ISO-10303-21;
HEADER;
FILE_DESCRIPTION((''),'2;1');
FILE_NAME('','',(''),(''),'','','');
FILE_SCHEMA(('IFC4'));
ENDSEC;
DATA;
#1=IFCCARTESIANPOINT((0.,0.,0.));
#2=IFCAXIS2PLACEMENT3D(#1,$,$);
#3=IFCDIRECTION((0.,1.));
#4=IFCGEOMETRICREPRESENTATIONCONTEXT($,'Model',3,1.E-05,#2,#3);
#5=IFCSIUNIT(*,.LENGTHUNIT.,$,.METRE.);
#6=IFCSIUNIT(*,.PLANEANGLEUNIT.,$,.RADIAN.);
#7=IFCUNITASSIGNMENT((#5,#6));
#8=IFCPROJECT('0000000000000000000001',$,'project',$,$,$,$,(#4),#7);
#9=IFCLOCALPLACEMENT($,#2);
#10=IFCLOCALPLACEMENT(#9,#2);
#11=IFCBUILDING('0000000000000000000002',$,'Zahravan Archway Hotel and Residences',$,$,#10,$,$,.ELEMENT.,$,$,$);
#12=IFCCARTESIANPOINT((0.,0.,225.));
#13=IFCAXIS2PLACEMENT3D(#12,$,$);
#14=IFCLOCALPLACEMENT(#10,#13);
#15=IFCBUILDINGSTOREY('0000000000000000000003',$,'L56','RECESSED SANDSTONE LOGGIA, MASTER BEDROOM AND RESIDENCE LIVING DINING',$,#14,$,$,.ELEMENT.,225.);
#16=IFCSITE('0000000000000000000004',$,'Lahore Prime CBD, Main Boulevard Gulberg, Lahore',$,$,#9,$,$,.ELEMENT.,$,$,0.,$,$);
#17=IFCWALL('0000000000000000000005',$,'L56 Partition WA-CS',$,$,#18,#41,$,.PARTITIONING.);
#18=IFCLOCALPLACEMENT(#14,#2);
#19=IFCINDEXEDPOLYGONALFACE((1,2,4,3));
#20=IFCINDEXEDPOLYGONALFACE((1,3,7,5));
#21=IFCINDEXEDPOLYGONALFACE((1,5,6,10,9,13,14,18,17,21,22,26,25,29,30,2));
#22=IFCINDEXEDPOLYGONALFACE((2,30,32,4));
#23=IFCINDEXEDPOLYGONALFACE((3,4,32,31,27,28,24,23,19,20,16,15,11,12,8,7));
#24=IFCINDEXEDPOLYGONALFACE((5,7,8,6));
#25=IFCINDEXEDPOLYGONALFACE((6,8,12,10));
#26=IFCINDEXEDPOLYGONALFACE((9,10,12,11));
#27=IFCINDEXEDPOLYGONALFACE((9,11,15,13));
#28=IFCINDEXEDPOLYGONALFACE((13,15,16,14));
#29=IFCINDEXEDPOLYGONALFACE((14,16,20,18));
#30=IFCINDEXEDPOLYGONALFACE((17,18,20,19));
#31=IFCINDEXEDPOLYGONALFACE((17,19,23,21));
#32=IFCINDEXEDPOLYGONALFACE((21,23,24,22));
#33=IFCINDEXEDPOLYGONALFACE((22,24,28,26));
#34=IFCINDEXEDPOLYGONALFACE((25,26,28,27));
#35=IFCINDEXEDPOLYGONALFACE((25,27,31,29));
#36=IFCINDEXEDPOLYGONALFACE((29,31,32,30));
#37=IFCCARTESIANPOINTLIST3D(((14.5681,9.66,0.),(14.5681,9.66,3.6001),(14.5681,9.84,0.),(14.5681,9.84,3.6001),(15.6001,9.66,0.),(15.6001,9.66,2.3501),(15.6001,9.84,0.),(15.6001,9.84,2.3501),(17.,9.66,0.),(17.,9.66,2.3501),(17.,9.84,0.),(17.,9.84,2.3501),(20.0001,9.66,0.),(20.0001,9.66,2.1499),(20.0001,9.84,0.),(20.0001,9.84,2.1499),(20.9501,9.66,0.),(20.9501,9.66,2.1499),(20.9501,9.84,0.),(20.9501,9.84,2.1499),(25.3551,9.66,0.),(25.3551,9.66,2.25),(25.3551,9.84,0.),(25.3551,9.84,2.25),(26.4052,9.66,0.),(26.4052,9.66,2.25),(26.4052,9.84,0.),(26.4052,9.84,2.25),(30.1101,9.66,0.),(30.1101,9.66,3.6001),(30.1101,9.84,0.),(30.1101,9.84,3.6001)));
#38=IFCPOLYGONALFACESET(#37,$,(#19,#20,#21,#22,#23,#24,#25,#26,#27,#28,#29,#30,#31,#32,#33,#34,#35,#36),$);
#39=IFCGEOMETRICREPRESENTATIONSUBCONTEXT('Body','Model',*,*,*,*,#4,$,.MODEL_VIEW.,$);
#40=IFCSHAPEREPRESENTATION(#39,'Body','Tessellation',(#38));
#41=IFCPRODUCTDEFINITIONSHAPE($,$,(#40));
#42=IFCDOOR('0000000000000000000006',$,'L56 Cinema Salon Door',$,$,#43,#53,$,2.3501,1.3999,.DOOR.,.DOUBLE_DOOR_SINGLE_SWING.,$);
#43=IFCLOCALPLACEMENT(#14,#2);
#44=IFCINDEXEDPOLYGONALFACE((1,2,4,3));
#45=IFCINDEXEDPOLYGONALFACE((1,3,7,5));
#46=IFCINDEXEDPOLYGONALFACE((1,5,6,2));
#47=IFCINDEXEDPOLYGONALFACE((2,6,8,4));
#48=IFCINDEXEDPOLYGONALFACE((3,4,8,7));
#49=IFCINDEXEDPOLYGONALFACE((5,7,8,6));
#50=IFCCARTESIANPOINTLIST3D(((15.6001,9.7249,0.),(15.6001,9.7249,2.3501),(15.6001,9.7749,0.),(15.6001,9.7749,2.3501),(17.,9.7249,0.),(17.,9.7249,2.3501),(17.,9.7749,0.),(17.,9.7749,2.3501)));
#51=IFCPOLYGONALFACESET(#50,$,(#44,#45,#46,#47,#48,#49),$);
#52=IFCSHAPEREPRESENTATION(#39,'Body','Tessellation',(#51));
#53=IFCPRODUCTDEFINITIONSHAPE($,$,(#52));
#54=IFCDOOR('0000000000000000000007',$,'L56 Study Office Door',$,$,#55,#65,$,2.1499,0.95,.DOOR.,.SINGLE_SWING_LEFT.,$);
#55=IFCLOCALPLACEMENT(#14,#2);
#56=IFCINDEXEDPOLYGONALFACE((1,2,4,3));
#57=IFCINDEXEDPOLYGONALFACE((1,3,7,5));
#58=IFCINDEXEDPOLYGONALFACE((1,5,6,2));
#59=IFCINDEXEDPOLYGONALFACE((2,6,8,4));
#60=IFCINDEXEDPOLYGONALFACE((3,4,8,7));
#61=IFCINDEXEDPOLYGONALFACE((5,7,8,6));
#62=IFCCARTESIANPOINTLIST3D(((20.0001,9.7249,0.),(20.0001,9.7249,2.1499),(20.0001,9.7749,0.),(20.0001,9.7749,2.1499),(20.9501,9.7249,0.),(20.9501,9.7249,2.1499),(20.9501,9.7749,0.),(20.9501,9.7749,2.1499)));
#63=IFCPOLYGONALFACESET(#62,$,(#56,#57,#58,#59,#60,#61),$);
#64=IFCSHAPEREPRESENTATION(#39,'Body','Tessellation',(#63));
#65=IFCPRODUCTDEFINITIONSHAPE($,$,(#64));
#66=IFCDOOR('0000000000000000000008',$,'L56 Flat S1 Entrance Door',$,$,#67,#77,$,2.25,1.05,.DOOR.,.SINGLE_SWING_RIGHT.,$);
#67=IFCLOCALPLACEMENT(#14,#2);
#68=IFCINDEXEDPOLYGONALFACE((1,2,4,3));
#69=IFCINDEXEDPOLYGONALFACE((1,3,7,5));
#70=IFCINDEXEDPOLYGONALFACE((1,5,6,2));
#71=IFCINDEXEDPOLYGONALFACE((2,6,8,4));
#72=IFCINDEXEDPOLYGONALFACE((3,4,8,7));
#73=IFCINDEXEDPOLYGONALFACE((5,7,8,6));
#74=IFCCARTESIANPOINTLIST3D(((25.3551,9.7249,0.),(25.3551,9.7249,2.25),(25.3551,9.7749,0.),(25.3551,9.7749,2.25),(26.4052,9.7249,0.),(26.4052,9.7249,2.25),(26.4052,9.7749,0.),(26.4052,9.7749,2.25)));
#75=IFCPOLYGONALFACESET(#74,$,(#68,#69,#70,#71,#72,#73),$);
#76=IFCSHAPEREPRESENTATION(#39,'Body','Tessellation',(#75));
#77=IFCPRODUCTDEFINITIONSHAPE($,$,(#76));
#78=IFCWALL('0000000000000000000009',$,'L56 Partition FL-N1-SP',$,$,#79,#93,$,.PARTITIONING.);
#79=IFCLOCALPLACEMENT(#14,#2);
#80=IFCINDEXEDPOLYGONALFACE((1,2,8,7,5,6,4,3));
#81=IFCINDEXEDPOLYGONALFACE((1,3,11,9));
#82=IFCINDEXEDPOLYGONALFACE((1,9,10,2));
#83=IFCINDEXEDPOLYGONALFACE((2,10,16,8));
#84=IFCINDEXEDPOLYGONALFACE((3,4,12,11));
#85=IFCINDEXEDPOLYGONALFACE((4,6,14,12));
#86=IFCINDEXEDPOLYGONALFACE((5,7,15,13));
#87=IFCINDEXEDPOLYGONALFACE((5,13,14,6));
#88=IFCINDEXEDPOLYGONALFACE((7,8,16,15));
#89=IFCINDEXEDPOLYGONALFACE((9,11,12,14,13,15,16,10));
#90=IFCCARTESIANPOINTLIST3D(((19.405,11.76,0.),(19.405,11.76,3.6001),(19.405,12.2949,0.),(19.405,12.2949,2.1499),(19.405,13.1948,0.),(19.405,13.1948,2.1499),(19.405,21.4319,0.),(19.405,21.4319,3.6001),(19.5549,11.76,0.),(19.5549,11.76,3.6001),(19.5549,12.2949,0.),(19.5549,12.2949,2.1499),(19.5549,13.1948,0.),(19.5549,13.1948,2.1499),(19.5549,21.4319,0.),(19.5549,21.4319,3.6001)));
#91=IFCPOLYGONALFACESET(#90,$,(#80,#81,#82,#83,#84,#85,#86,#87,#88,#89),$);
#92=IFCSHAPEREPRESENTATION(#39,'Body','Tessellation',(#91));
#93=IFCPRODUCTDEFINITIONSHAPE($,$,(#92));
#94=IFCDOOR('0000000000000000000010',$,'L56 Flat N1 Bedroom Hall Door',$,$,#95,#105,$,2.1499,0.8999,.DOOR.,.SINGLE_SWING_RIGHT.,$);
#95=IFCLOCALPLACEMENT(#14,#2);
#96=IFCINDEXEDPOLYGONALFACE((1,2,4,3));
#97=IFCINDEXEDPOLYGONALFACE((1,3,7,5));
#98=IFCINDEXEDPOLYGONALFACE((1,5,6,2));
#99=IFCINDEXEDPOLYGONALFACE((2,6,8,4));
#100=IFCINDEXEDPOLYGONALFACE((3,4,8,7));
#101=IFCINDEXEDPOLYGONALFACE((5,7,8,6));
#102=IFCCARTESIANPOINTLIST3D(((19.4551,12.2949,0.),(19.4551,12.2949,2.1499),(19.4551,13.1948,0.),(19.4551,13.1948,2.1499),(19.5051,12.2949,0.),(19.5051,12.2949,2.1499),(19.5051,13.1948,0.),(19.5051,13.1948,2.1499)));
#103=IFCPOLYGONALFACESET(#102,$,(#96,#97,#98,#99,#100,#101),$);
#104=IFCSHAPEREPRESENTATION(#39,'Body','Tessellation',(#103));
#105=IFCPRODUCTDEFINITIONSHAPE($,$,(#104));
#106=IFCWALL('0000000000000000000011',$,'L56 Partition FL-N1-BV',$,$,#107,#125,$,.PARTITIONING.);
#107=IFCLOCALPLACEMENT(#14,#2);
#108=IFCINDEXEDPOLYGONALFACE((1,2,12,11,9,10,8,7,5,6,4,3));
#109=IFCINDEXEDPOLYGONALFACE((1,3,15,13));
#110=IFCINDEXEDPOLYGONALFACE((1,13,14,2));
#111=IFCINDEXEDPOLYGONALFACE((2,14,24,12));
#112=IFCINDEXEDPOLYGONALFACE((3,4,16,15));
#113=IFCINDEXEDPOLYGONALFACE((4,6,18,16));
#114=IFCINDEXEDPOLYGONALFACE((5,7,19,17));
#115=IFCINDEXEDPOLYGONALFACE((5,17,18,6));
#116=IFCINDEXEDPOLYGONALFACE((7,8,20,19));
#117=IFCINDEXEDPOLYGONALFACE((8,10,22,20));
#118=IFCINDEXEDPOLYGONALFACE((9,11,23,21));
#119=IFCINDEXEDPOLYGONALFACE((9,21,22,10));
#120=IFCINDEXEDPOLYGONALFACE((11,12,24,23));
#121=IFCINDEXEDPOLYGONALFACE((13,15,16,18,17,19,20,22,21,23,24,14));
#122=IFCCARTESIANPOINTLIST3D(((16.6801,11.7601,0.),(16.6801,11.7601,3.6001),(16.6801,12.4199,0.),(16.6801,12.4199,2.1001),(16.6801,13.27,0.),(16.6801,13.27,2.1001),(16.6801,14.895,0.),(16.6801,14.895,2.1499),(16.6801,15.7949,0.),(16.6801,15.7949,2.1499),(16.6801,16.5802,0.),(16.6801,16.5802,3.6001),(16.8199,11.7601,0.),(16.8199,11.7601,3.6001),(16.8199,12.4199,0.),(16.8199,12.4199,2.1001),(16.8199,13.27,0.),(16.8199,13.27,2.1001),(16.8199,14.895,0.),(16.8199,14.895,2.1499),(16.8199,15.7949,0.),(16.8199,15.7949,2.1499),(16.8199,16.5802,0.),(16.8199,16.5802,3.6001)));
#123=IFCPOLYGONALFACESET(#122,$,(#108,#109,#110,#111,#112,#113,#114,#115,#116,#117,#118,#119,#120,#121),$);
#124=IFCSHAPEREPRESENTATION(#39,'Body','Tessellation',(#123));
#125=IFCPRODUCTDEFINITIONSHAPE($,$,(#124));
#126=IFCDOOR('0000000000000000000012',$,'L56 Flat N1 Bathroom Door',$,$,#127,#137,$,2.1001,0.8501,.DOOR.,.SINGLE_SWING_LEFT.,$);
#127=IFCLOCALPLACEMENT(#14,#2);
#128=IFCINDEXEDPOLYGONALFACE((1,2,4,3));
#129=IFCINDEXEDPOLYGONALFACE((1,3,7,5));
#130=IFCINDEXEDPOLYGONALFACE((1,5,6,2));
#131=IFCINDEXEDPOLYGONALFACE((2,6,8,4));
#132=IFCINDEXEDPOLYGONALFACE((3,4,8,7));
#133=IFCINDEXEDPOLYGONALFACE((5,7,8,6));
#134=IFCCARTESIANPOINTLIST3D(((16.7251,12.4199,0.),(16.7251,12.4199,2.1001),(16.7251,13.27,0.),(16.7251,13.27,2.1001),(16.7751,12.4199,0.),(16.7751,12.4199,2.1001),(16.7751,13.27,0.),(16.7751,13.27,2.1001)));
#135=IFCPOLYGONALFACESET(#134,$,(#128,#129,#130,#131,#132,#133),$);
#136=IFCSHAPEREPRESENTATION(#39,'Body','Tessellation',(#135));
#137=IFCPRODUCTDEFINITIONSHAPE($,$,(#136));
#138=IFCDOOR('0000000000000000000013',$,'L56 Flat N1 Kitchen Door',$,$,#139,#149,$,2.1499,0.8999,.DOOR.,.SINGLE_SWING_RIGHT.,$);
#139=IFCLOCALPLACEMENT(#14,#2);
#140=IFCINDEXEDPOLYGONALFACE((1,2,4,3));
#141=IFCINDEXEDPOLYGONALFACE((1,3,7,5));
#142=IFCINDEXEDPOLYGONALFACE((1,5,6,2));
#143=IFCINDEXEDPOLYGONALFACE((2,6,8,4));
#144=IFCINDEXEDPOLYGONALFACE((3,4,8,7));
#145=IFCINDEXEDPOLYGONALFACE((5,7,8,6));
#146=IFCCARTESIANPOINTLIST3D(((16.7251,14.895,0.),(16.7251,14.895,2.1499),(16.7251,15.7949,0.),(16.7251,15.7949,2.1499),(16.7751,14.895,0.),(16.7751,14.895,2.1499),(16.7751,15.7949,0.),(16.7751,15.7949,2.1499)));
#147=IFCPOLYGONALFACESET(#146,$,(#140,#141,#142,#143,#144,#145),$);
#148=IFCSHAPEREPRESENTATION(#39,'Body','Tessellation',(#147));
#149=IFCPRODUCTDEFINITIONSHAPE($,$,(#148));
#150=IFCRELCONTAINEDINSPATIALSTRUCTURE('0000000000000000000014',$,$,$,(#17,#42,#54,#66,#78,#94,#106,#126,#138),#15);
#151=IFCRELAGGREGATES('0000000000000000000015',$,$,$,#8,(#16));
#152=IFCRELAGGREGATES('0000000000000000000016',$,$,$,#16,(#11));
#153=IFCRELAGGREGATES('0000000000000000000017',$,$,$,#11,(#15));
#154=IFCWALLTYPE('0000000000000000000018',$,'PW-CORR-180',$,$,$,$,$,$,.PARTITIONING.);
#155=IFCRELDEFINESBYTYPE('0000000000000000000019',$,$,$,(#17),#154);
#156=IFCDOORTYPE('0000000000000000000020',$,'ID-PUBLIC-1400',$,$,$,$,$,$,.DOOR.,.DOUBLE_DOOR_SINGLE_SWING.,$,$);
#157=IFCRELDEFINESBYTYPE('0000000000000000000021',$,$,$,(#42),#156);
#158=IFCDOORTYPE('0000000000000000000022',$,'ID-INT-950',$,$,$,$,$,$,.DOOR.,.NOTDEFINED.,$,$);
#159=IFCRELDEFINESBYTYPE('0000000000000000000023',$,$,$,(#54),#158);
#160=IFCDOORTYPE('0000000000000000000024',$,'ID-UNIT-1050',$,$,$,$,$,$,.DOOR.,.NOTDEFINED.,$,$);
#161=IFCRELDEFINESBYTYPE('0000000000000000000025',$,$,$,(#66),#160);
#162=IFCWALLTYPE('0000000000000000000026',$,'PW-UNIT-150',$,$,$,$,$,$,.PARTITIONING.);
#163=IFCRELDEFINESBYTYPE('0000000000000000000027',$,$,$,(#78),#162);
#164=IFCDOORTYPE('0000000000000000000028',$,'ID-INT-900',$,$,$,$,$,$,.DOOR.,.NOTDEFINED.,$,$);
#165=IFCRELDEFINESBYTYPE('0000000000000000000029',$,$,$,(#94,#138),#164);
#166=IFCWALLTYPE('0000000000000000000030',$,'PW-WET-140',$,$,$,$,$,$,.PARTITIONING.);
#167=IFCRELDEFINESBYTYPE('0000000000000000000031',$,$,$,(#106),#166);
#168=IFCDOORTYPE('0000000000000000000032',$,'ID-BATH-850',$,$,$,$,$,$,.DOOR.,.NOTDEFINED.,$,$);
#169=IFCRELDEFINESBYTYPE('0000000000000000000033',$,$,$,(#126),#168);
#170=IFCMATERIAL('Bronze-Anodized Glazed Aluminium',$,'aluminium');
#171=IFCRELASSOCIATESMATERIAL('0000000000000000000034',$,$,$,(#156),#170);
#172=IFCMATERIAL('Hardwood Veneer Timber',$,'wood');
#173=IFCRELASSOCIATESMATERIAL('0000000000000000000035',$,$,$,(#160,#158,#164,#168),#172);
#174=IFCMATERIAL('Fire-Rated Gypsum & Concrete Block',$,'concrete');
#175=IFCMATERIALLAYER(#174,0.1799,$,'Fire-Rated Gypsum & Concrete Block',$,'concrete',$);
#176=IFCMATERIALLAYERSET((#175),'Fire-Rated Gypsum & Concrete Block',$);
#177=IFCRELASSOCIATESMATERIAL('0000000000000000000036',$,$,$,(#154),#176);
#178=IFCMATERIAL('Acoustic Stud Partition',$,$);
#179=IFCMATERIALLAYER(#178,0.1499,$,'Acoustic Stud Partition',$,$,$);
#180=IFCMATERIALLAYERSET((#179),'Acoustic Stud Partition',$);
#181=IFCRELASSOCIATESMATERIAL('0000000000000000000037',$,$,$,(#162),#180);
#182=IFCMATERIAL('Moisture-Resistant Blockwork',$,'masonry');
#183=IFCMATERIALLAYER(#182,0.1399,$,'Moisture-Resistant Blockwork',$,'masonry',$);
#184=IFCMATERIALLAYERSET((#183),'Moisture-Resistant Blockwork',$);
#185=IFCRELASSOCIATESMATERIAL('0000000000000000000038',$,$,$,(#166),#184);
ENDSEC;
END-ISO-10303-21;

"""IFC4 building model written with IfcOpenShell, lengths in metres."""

from ifc_helpers import new_model, si_unit, direction, frame, frame_2d, origin, place, context, subcontext, project, spatial, rectangle, extrude, source, transform, mapped, material, layer, layer_set, type_object, type_shapes, element, fill, save


model = new_model("IFC4")

# Units and contexts
model_context = context("Model", 3, precision=1e-05, world=origin(), true_north=direction((0.0, 1.0)))
body_context = subcontext(model_context, "Body", "Model", "MODEL_VIEW")
ifc_project = project(units=[si_unit("LENGTHUNIT", "METRE"), si_unit("PLANEANGLEUNIT", "RADIAN")], contexts=[model_context])

# Site, building, storey
site_placement = place(None, origin())
site = spatial("IfcSite", under=ifc_project, at=site_placement, Name="Lahore Prime CBD, Main Boulevard Gulberg, Lahore", CompositionType="ELEMENT", RefElevation=0.0)
building_placement = place(site_placement, origin())
building = spatial("IfcBuilding", under=site, at=building_placement, Name="Zahravan Archway Hotel and Residences", CompositionType="ELEMENT")
storey_placement = place(building_placement, frame((0.0, 0.0, 225.0)))
storey = spatial("IfcBuildingStorey", under=building, at=storey_placement, Name="L56", Description="RECESSED SANDSTONE LOGGIA, MASTER BEDROOM AND RESIDENCE LIVING DINING", CompositionType="ELEMENT", Elevation=225.0)

# Wall, openings, doors
ifc_material_1 = material(Name="Fire-Rated Gypsum & Concrete Block", Category="concrete")
ifc_material_2 = material(Name="Bronze-Anodized Glazed Aluminium", Category="aluminium")
door_type_1 = type_object("IfcDoorType", Name="ID-PUBLIC-1400", OperationType="DOUBLE_DOOR_SINGLE_SWING", PredefinedType="DOOR", material=ifc_material_2)
shared_shape_1 = source(origin(), body_context, "Body", "SweptSolid", [
    extrude(rectangle(XDim=1.3999, YDim=2.3501, at=frame_2d((0.7, 1.175))), frame((0.0, 0.0249, 0.0), z_axis=(0.0, -1.0, 0.0), x_axis=(1.0, 0.0, 0.0)), (0.0, 0.0, 1.0), 0.05),
])
type_shapes(door_type_1, [shared_shape_1])
ifc_material_3 = material(Name="Hardwood Veneer Timber", Category="wood")
door_type_2 = type_object("IfcDoorType", Name="ID-UNIT-1050", OperationType="NOTDEFINED", PredefinedType="DOOR", material=ifc_material_3)
shared_shape_2 = source(origin(), body_context, "Body", "SweptSolid", [
    extrude(rectangle(XDim=1.05, YDim=2.25, at=frame_2d((0.5249, 1.125))), frame((0.0, 0.0249, 0.0), z_axis=(0.0, -1.0, 0.0), x_axis=(1.0, 0.0, 0.0)), (0.0, 0.0, 1.0), 0.05),
])
type_shapes(door_type_2, [shared_shape_2])
ifc_layer_1 = layer(ifc_material_1, 0.1799, Name="Fire-Rated Gypsum & Concrete Block", Category="concrete")
ifc_layer_set_1 = layer_set([ifc_layer_1], Name="Fire-Rated Gypsum & Concrete Block")
wall_type_1 = type_object("IfcWallType", Name="PW-CORR-180", PredefinedType="PARTITIONING", material=ifc_layer_set_1)
wall_1_placement = place(storey_placement, frame((14.5681, 9.75, 0.0), z_axis=(0.0, 0.0, 1.0), x_axis=(1.0, 0.0, 0.0)))
wall_1 = element("IfcWall", 1, at=wall_1_placement, inside=storey, type_object=wall_type_1, Name="L56 Partition WA-CS", PredefinedType="PARTITIONING", context=body_context, shape_type="SweptSolid", body=[
    extrude(rectangle(XDim=15.542, YDim=0.1799, at=frame_2d((7.771, 0.0))), origin(), (0.0, 0.0, 1.0), 3.6001),
])
opening_1_placement = place(wall_1_placement, frame((1.032, 0.0, 0.0)))
opening_1 = element("IfcOpeningElement", 2, at=opening_1_placement, cuts=wall_1, PredefinedType="OPENING", context=body_context, shape_type="SweptSolid", body=[
    extrude(rectangle(XDim=1.3999, YDim=2.3501, at=frame_2d((0.7, 1.175))), frame((0.0, 0.1001, 0.0), z_axis=(0.0, -1.0, 0.0), x_axis=(1.0, 0.0, 0.0)), (0.0, 0.0, 1.0), 0.2),
])
opening_2_placement = place(wall_1_placement, frame((5.4319, 0.0, 0.0)))
opening_2 = element("IfcOpeningElement", 3, at=opening_2_placement, cuts=wall_1, PredefinedType="OPENING", context=body_context, shape_type="SweptSolid", body=[
    extrude(rectangle(XDim=0.95, YDim=2.1499, at=frame_2d((0.4751, 1.075))), frame((0.0, 0.1001, 0.0), z_axis=(0.0, -1.0, 0.0), x_axis=(1.0, 0.0, 0.0)), (0.0, 0.0, 1.0), 0.2),
])
opening_3_placement = place(wall_1_placement, frame((10.7871, 0.0, 0.0)))
opening_3 = element("IfcOpeningElement", 4, at=opening_3_placement, cuts=wall_1, PredefinedType="OPENING", context=body_context, shape_type="SweptSolid", body=[
    extrude(rectangle(XDim=1.05, YDim=2.25, at=frame_2d((0.5249, 1.125))), frame((0.0, 0.1001, 0.0), z_axis=(0.0, -1.0, 0.0), x_axis=(1.0, 0.0, 0.0)), (0.0, 0.0, 1.0), 0.2),
])
door_1_placement = place(opening_1_placement, origin())
door_1 = element("IfcDoor", 5, at=door_1_placement, inside=storey, type_object=door_type_1, Name="L56 Cinema Salon Door", OperationType="DOUBLE_DOOR_SINGLE_SWING", OverallHeight=2.3501, OverallWidth=1.3999, PredefinedType="DOOR", context=body_context, shape_type="MappedRepresentation", body=[
    mapped(shared_shape_1, transform((0.0, 0.0, 0.0), scale=1.0)),
])
fill(opening_1, door_1)
door_type_3 = type_object("IfcDoorType", Name="ID-INT-950", OperationType="NOTDEFINED", PredefinedType="DOOR", material=ifc_material_3)
shared_shape_3 = source(origin(), body_context, "Body", "SweptSolid", [
    extrude(rectangle(XDim=0.95, YDim=2.1499, at=frame_2d((0.4751, 1.075))), frame((0.0, 0.0249, 0.0), z_axis=(0.0, -1.0, 0.0), x_axis=(1.0, 0.0, 0.0)), (0.0, 0.0, 1.0), 0.05),
])
type_shapes(door_type_3, [shared_shape_3])
door_2_placement = place(opening_2_placement, origin())
door_2 = element("IfcDoor", 6, at=door_2_placement, inside=storey, type_object=door_type_3, Name="L56 Study Office Door", OperationType="SINGLE_SWING_LEFT", OverallHeight=2.1499, OverallWidth=0.95, PredefinedType="DOOR", context=body_context, shape_type="MappedRepresentation", body=[
    mapped(shared_shape_3, transform((0.0, 0.0, 0.0), scale=1.0)),
])
fill(opening_2, door_2)
door_3_placement = place(opening_3_placement, origin())
door_3 = element("IfcDoor", 7, at=door_3_placement, inside=storey, type_object=door_type_2, Name="L56 Flat S1 Entrance Door", OperationType="SINGLE_SWING_RIGHT", OverallHeight=2.25, OverallWidth=1.05, PredefinedType="DOOR", context=body_context, shape_type="MappedRepresentation", body=[
    mapped(shared_shape_2, transform((0.0, 0.0, 0.0), scale=1.0)),
])
fill(opening_3, door_3)

# Wall, opening, door
ifc_material_4 = material(Name="Acoustic Stud Partition")
ifc_layer_2 = layer(ifc_material_4, 0.1499, Name="Acoustic Stud Partition")
ifc_layer_set_2 = layer_set([ifc_layer_2], Name="Acoustic Stud Partition")
wall_type_2 = type_object("IfcWallType", Name="PW-UNIT-150", PredefinedType="PARTITIONING", material=ifc_layer_set_2)
wall_2_placement = place(storey_placement, frame((19.48, 11.76, 0.0), z_axis=(0.0, 0.0, 1.0), x_axis=(0.0, 1.0, 0.0)))
wall_2 = element("IfcWall", 8, at=wall_2_placement, inside=storey, type_object=wall_type_2, Name="L56 Partition FL-N1-SP", PredefinedType="PARTITIONING", context=body_context, shape_type="SweptSolid", body=[
    extrude(rectangle(XDim=9.6719, YDim=0.1499, at=frame_2d((4.8359, 0.0))), origin(), (0.0, 0.0, 1.0), 3.6001),
])
opening_4_placement = place(wall_2_placement, frame((0.5349, 0.0, 0.0)))
opening_4 = element("IfcOpeningElement", 9, at=opening_4_placement, cuts=wall_2, PredefinedType="OPENING", context=body_context, shape_type="SweptSolid", body=[
    extrude(rectangle(XDim=0.8999, YDim=2.1499, at=frame_2d((0.45, 1.075))), frame((0.0, 0.085, 0.0), z_axis=(0.0, -1.0, 0.0), x_axis=(1.0, 0.0, 0.0)), (0.0, 0.0, 1.0), 0.1699),
])
door_type_4 = type_object("IfcDoorType", Name="ID-INT-900", OperationType="NOTDEFINED", PredefinedType="DOOR", material=ifc_material_3)
shared_shape_4 = source(origin(), body_context, "Body", "SweptSolid", [
    extrude(rectangle(XDim=0.8999, YDim=2.1499, at=frame_2d((0.45, 1.075))), frame((0.0, 0.0249, 0.0), z_axis=(0.0, -1.0, 0.0), x_axis=(1.0, 0.0, 0.0)), (0.0, 0.0, 1.0), 0.05),
])
type_shapes(door_type_4, [shared_shape_4])
door_4_placement = place(opening_4_placement, origin())
door_4 = element("IfcDoor", 10, at=door_4_placement, inside=storey, type_object=door_type_4, Name="L56 Flat N1 Bedroom Hall Door", OperationType="SINGLE_SWING_RIGHT", OverallHeight=2.1499, OverallWidth=0.8999, PredefinedType="DOOR", context=body_context, shape_type="MappedRepresentation", body=[
    mapped(shared_shape_4, transform((0.0, 0.0, 0.0), scale=1.0)),
])
fill(opening_4, door_4)

# Wall, openings, doors
ifc_material_5 = material(Name="Moisture-Resistant Blockwork", Category="masonry")
ifc_layer_3 = layer(ifc_material_5, 0.1399, Name="Moisture-Resistant Blockwork", Category="masonry")
ifc_layer_set_3 = layer_set([ifc_layer_3], Name="Moisture-Resistant Blockwork")
wall_type_3 = type_object("IfcWallType", Name="PW-WET-140", PredefinedType="PARTITIONING", material=ifc_layer_set_3)
wall_3_placement = place(storey_placement, frame((16.75, 11.76, 0.0), z_axis=(0.0, 0.0, 1.0), x_axis=(0.0, 1.0, 0.0)))
wall_3 = element("IfcWall", 11, at=wall_3_placement, inside=storey, type_object=wall_type_3, Name="L56 Partition FL-N1-BV", PredefinedType="PARTITIONING", context=body_context, shape_type="SweptSolid", body=[
    extrude(rectangle(XDim=4.8201, YDim=0.1399, at=frame_2d((2.4102, 0.0))), origin(), (0.0, 0.0, 1.0), 3.6001),
])
opening_5_placement = place(wall_3_placement, frame((0.6599, 0.0, 0.0)))
opening_5 = element("IfcOpeningElement", 12, at=opening_5_placement, cuts=wall_3, PredefinedType="OPENING", context=body_context, shape_type="SweptSolid", body=[
    extrude(rectangle(XDim=0.8501, YDim=2.1001, at=frame_2d((0.425, 1.05))), frame((0.0, 0.0801, 0.0), z_axis=(0.0, -1.0, 0.0), x_axis=(1.0, 0.0, 0.0)), (0.0, 0.0, 1.0), 0.1599),
])
opening_6_placement = place(wall_3_placement, frame((3.135, 0.0, 0.0)))
opening_6 = element("IfcOpeningElement", 13, at=opening_6_placement, cuts=wall_3, PredefinedType="OPENING", context=body_context, shape_type="SweptSolid", body=[
    extrude(rectangle(XDim=0.8999, YDim=2.1499, at=frame_2d((0.45, 1.075))), frame((0.0, 0.0801, 0.0), z_axis=(0.0, -1.0, 0.0), x_axis=(1.0, 0.0, 0.0)), (0.0, 0.0, 1.0), 0.1599),
])
door_type_5 = type_object("IfcDoorType", Name="ID-BATH-850", OperationType="NOTDEFINED", PredefinedType="DOOR", material=ifc_material_3)
shared_shape_5 = source(origin(), body_context, "Body", "SweptSolid", [
    extrude(rectangle(XDim=0.8501, YDim=2.1001, at=frame_2d((0.425, 1.05))), frame((0.0, 0.0249, 0.0), z_axis=(0.0, -1.0, 0.0), x_axis=(1.0, 0.0, 0.0)), (0.0, 0.0, 1.0), 0.05),
])
type_shapes(door_type_5, [shared_shape_5])
door_5_placement = place(opening_5_placement, origin())
door_5 = element("IfcDoor", 14, at=door_5_placement, inside=storey, type_object=door_type_5, Name="L56 Flat N1 Bathroom Door", OperationType="SINGLE_SWING_LEFT", OverallHeight=2.1001, OverallWidth=0.8501, PredefinedType="DOOR", context=body_context, shape_type="MappedRepresentation", body=[
    mapped(shared_shape_5, transform((0.0, 0.0, 0.0), scale=1.0)),
])
fill(opening_5, door_5)
door_6_placement = place(opening_6_placement, origin())
door_6 = element("IfcDoor", 15, at=door_6_placement, inside=storey, type_object=door_type_4, Name="L56 Flat N1 Kitchen Door", OperationType="SINGLE_SWING_RIGHT", OverallHeight=2.1499, OverallWidth=0.8999, PredefinedType="DOOR", context=body_context, shape_type="MappedRepresentation", body=[
    mapped(shared_shape_4, transform((0.0, 0.0, 0.0), scale=1.0)),
])
fill(opening_6, door_6)

save(model, "model.ifc")
